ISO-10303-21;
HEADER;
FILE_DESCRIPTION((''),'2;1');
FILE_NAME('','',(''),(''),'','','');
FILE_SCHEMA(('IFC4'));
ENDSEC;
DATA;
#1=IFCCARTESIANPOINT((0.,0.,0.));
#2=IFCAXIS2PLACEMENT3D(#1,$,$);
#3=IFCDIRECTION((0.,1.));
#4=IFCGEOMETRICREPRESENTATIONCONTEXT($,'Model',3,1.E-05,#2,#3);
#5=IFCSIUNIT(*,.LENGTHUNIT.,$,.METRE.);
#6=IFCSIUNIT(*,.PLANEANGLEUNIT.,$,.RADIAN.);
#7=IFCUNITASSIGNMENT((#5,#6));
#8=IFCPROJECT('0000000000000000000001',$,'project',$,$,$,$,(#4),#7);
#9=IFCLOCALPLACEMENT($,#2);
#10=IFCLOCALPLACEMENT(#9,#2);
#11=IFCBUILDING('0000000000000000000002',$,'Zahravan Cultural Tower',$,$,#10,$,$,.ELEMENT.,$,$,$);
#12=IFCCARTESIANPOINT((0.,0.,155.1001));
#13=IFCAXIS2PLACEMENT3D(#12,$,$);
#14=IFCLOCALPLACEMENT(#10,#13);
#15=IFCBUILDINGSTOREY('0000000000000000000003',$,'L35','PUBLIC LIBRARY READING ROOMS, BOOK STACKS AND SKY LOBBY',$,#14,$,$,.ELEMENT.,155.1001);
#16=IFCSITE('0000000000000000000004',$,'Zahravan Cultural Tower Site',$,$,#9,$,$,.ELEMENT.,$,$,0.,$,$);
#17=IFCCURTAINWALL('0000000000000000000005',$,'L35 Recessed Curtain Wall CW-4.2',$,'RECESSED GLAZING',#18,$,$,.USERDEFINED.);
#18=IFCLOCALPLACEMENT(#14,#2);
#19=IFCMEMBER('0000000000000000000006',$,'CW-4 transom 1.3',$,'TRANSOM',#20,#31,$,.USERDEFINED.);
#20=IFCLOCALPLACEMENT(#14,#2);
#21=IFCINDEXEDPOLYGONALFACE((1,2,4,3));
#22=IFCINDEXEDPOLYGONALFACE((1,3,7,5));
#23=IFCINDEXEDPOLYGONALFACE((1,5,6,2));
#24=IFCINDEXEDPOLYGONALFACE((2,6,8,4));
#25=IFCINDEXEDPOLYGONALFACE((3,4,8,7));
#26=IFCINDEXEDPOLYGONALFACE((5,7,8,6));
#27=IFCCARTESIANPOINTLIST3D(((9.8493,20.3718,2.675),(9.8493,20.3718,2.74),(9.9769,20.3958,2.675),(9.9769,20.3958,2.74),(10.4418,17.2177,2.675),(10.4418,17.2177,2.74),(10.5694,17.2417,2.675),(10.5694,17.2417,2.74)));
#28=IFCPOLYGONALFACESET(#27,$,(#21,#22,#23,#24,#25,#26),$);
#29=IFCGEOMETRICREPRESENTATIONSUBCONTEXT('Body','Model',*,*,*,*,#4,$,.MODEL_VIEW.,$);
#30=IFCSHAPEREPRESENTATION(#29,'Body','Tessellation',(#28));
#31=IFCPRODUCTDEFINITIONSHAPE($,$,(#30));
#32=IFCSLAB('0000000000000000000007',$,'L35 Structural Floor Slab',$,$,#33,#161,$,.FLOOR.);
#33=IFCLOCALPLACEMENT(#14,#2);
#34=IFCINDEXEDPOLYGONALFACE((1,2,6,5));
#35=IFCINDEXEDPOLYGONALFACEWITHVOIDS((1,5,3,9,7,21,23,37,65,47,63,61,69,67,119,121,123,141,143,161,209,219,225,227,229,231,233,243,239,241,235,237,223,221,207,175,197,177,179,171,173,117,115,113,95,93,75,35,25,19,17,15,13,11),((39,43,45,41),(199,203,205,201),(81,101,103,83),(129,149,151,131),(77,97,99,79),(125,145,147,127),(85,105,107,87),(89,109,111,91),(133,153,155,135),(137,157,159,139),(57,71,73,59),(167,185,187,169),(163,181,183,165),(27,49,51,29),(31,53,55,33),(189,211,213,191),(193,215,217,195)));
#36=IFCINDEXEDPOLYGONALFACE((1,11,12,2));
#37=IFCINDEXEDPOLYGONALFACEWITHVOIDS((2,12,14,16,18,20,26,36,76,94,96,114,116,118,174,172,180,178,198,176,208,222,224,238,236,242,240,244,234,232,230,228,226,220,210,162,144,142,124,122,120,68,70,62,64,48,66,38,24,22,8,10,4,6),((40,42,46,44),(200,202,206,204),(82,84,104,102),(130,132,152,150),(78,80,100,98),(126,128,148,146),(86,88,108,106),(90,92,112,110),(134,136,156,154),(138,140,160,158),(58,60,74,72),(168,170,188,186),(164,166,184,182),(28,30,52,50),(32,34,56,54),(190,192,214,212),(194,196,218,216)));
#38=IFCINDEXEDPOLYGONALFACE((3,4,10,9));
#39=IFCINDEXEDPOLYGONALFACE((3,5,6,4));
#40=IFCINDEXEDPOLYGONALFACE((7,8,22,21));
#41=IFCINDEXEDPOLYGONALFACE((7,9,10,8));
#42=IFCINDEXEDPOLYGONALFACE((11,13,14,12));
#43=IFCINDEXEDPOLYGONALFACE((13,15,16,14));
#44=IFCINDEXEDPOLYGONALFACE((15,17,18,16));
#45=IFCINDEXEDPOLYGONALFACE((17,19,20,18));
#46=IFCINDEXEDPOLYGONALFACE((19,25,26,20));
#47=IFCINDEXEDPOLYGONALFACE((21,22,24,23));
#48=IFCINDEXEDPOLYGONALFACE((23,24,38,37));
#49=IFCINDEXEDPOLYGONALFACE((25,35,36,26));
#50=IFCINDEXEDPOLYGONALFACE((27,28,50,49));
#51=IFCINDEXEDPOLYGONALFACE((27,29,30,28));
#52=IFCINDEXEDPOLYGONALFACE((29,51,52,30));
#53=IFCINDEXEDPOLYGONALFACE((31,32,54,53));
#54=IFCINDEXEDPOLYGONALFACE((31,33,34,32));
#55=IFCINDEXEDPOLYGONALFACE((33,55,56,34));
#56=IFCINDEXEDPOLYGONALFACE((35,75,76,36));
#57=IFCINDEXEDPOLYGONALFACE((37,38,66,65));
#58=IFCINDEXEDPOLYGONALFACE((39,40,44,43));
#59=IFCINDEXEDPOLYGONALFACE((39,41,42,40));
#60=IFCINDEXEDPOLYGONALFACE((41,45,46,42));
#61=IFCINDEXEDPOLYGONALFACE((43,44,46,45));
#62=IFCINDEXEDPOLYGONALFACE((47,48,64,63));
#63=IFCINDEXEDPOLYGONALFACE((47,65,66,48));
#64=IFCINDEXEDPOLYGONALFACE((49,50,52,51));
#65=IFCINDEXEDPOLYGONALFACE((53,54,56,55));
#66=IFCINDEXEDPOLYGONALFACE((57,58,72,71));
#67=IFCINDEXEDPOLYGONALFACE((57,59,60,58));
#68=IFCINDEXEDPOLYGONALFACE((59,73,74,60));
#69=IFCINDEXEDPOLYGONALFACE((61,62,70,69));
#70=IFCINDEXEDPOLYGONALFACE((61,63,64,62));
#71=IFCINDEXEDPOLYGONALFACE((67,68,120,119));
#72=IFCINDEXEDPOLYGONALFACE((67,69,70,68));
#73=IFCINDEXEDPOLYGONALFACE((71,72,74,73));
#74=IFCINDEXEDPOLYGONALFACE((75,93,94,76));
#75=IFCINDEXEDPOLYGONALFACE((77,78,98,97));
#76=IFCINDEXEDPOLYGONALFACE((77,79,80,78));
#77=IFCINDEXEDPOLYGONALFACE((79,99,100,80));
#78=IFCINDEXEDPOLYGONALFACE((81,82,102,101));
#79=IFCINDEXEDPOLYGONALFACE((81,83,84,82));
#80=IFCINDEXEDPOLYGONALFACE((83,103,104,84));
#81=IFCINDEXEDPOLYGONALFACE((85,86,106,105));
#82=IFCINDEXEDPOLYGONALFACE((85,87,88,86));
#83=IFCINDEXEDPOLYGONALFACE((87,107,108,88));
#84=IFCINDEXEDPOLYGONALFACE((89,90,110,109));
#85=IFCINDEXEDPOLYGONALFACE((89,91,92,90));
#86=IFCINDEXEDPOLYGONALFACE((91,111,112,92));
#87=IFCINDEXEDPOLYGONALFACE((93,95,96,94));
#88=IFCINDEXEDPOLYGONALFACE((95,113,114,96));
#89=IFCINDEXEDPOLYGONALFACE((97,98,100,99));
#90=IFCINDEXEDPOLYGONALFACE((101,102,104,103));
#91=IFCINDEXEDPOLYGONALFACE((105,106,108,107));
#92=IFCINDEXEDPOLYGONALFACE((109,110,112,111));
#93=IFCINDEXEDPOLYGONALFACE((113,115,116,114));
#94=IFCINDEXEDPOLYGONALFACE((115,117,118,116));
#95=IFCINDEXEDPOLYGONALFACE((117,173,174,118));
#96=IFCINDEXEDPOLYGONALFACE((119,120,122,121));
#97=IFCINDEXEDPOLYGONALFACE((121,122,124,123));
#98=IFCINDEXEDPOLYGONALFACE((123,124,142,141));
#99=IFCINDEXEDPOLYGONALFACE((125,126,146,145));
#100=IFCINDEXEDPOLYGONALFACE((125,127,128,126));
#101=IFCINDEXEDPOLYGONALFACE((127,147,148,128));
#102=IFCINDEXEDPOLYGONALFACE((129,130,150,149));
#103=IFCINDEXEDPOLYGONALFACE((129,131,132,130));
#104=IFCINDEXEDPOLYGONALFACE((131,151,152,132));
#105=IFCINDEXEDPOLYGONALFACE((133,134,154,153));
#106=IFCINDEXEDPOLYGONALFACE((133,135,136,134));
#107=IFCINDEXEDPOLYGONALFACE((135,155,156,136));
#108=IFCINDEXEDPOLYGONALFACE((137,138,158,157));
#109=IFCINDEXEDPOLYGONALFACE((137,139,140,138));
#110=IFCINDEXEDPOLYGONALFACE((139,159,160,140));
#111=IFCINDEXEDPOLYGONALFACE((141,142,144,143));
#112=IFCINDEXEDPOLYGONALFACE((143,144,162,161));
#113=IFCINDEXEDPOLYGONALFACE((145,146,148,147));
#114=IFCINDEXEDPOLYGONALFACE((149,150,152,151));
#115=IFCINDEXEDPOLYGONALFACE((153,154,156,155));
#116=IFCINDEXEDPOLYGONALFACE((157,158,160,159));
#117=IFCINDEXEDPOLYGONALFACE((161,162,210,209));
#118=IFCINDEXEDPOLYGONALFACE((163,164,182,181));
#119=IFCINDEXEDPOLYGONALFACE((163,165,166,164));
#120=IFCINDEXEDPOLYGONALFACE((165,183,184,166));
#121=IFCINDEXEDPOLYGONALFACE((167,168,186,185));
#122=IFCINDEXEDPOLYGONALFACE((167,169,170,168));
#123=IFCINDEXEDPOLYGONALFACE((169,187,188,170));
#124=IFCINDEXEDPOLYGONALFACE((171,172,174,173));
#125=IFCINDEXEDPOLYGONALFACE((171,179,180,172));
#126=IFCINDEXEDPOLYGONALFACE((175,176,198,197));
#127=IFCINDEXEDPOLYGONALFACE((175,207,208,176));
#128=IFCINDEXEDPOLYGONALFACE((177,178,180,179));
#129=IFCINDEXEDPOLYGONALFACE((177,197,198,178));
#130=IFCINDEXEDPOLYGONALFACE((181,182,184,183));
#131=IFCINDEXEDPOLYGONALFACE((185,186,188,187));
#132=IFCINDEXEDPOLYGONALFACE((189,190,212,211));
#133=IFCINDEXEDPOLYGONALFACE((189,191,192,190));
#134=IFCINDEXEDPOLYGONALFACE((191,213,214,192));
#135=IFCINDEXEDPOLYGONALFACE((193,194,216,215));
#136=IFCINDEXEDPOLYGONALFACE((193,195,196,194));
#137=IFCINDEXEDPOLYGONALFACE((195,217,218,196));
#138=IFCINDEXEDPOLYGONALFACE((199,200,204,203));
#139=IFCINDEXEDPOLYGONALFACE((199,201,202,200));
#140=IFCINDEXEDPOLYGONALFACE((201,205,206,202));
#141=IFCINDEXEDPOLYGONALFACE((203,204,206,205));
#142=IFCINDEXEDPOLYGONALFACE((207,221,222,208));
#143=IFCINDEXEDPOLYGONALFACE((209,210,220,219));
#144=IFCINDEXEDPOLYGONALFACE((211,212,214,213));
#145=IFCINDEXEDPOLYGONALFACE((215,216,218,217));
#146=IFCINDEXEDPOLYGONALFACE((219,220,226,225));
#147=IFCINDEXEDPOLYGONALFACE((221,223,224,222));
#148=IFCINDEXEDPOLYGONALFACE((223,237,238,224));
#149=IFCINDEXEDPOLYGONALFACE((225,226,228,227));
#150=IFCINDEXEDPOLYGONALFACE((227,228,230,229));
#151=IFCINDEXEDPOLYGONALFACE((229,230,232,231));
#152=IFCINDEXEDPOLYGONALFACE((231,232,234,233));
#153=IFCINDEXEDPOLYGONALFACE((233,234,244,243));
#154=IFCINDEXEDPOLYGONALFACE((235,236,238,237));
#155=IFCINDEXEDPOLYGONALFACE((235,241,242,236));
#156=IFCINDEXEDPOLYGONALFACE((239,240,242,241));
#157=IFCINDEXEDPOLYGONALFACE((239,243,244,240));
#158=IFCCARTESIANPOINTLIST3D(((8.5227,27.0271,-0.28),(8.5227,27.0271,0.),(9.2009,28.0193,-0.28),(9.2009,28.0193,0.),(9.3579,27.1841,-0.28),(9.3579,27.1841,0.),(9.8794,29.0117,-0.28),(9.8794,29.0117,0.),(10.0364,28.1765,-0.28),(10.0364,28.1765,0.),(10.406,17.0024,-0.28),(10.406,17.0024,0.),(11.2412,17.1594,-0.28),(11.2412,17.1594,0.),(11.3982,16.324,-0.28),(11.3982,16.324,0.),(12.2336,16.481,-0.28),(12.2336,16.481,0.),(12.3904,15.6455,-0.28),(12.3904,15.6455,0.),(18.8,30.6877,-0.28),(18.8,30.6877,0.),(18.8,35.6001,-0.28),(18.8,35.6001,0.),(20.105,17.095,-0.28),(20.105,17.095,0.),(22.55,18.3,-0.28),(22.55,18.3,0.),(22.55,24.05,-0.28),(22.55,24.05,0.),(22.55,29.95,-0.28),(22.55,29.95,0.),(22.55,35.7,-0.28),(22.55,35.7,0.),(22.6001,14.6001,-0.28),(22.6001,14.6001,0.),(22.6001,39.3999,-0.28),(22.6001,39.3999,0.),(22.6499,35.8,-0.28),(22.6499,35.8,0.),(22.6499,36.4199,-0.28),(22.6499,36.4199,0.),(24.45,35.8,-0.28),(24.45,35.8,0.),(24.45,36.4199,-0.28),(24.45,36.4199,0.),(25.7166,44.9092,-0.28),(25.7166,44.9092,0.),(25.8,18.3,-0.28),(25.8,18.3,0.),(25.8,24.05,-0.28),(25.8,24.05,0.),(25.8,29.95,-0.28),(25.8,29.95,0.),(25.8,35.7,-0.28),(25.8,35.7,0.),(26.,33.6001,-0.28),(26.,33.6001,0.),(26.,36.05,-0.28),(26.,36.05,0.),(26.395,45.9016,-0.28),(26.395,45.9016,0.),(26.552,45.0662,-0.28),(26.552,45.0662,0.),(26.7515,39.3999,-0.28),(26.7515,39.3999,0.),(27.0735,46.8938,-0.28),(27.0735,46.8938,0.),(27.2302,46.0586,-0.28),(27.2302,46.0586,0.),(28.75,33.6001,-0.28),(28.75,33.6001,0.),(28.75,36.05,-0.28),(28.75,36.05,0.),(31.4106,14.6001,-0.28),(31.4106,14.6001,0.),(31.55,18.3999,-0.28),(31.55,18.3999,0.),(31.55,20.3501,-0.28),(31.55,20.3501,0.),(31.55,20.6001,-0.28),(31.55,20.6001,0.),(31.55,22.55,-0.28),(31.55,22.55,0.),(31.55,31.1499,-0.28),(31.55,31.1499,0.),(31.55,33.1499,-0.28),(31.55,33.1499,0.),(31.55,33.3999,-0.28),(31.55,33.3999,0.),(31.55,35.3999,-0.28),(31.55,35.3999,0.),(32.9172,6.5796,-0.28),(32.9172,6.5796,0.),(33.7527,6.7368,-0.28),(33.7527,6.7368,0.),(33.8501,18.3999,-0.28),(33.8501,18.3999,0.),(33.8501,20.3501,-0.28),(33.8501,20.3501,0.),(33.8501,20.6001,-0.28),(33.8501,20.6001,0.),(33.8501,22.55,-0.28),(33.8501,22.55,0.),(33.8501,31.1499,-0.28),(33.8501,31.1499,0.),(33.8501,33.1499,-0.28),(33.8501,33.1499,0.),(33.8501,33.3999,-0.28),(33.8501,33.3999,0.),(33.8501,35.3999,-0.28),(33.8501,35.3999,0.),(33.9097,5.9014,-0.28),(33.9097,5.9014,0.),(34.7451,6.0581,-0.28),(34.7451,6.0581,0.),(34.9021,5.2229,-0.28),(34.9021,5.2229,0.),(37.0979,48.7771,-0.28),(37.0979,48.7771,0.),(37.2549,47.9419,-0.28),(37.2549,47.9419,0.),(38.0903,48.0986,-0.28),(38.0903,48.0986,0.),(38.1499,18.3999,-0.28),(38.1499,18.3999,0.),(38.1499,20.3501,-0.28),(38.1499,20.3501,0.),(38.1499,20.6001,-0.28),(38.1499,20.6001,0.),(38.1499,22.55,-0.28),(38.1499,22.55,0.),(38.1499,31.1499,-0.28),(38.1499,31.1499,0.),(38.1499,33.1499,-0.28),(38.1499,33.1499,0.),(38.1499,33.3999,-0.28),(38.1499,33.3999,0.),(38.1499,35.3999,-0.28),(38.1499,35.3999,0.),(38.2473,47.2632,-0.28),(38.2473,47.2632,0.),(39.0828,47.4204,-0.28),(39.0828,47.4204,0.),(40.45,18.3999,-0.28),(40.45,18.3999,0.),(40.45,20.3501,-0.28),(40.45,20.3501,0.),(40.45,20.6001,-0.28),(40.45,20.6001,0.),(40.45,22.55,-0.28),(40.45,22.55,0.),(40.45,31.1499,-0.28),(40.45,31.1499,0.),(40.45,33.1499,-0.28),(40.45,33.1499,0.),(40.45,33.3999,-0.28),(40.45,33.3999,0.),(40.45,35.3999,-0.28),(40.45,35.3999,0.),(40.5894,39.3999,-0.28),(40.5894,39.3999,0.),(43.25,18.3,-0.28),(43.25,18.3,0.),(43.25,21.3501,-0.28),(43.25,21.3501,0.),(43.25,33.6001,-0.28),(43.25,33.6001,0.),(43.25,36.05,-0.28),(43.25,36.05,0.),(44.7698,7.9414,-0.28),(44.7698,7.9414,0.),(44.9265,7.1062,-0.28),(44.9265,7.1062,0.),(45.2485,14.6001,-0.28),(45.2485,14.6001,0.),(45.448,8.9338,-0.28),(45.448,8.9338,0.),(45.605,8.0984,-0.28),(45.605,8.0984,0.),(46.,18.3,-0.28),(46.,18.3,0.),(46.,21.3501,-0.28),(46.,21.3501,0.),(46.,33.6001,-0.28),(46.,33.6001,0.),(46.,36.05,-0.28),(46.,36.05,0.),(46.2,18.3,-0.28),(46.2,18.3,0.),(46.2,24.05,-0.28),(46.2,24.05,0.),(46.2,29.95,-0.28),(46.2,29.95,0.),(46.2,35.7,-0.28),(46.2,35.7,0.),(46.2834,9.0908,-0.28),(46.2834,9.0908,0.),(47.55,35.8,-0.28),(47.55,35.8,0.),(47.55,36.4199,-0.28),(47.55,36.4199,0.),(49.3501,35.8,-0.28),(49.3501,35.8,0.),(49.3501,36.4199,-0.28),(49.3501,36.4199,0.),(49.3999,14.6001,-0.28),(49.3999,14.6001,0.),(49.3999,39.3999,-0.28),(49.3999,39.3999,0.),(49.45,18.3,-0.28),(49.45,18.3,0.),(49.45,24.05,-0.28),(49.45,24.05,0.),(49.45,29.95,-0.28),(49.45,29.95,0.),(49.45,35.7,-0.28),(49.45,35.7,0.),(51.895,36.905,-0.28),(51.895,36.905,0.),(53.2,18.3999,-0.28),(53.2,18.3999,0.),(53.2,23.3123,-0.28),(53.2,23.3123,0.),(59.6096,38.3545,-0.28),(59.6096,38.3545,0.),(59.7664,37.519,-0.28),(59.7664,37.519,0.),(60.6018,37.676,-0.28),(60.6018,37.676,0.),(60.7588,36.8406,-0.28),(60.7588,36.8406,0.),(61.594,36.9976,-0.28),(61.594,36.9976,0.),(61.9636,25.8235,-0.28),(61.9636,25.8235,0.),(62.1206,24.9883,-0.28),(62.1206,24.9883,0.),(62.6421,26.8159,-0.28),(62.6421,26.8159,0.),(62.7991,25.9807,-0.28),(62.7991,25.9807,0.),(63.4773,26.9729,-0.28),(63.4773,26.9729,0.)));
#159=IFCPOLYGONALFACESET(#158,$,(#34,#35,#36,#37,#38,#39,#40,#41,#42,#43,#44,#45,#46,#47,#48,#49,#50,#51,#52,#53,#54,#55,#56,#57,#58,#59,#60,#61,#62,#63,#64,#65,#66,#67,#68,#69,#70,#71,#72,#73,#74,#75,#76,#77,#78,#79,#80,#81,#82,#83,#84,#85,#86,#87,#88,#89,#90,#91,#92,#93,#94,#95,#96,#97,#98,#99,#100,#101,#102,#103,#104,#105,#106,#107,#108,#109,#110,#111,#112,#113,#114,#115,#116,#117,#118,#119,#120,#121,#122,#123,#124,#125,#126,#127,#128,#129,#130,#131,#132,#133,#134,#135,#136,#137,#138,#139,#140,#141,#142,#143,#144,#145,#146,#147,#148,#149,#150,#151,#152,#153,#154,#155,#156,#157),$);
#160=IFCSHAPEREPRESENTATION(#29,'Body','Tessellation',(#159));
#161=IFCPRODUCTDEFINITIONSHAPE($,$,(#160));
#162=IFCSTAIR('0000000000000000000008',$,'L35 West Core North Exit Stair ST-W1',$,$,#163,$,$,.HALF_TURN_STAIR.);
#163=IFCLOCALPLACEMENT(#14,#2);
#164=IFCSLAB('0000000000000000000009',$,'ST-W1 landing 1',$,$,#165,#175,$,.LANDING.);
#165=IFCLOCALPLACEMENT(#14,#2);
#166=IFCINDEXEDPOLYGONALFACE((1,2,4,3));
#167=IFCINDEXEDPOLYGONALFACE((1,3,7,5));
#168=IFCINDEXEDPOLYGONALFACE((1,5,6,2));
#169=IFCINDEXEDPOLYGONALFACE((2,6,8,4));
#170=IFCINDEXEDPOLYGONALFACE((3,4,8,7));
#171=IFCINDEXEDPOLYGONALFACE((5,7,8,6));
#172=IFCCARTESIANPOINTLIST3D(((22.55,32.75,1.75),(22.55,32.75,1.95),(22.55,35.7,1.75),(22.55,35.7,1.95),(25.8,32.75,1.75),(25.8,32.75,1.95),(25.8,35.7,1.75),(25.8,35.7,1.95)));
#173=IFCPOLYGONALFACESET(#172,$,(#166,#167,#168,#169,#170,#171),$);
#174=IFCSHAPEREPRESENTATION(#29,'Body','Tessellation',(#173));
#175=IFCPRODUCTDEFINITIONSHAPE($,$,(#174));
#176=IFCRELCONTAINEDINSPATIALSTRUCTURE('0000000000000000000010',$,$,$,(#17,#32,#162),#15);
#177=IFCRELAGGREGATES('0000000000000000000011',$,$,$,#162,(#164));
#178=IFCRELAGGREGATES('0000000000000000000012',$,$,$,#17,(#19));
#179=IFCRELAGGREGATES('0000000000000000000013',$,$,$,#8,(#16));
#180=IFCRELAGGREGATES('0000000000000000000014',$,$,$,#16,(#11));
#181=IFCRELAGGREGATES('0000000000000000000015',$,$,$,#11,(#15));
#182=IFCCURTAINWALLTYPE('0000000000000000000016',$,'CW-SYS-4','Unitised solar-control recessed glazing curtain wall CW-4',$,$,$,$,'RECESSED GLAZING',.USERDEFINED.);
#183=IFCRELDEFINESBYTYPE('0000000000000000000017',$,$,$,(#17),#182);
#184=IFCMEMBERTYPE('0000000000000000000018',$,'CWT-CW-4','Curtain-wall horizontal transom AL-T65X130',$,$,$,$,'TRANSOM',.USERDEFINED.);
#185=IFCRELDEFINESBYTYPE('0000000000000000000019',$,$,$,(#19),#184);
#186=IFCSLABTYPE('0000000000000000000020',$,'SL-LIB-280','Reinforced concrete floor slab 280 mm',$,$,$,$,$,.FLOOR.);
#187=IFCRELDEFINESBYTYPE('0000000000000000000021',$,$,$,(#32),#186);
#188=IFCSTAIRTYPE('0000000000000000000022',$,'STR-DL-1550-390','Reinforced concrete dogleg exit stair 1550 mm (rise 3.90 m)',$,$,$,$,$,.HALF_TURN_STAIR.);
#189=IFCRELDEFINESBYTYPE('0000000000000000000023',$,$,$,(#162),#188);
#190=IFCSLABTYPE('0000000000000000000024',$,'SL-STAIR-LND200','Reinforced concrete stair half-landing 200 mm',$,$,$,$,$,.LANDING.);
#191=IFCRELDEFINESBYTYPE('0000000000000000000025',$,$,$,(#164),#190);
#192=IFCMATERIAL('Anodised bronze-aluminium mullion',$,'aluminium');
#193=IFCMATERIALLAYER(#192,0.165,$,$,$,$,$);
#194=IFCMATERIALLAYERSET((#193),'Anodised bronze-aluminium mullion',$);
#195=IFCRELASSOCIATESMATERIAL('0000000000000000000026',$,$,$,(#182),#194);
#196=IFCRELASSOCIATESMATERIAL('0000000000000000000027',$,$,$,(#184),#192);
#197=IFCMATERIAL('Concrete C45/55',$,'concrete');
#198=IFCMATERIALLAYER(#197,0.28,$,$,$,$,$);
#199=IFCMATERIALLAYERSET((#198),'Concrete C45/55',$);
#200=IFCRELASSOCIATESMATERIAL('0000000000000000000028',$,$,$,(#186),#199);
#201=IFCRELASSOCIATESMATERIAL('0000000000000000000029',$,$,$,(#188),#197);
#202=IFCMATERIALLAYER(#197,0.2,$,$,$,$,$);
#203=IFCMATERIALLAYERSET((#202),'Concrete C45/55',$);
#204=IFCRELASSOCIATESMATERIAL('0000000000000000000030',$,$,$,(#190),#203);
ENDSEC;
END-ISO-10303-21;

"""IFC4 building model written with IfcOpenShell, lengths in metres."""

from ifc_helpers import new_model, si_unit, direction, frame, origin, origin_2d, place, context, subcontext, project, spatial, polyline, rectangle, outline, extrude, source, transform, mapped, material, layer, layer_set, material_profile, profile_set, type_object, element, aggregate, save


model = new_model("IFC4")

# Units and contexts
model_context = context("Model", 3, precision=1e-05, world=origin(), true_north=direction((0.0, 1.0)))
body_context = subcontext(model_context, "Body", "Model", "MODEL_VIEW")
ifc_project = project(units=[si_unit("LENGTHUNIT", "METRE"), si_unit("PLANEANGLEUNIT", "RADIAN")], contexts=[model_context])

# Site, building, storey
site_placement = place(None, origin())
site = spatial("IfcSite", under=ifc_project, at=site_placement, Name="Zahravan Cultural Tower Site", CompositionType="ELEMENT", RefElevation=0.0)
building_placement = place(site_placement, origin())
building = spatial("IfcBuilding", under=site, at=building_placement, Name="Zahravan Cultural Tower", CompositionType="ELEMENT")
storey_placement = place(building_placement, frame((0.0, 0.0, 155.1001)))
storey = spatial("IfcBuildingStorey", under=building, at=storey_placement, Name="L35", Description="PUBLIC LIBRARY READING ROOMS, BOOK STACKS AND SKY LOBBY", CompositionType="ELEMENT", Elevation=155.1001)

# Curtain wall, member
ifc_material_1 = material(Name="Anodised bronze-aluminium mullion", Category="aluminium")
ifc_layer_1 = layer(ifc_material_1, 0.165)
ifc_layer_set_1 = layer_set([ifc_layer_1], Name="Anodised bronze-aluminium mullion")
curtain_wall_type = type_object("IfcCurtainWallType", Name="CW-SYS-4", Description="Unitised solar-control recessed glazing curtain wall CW-4", ElementType="RECESSED GLAZING", PredefinedType="USERDEFINED", material=ifc_layer_set_1)
curtain_wall_placement = place(storey_placement, origin())
curtain_wall = element("IfcCurtainWall", 1, at=curtain_wall_placement, inside=storey, type_object=curtain_wall_type, Name="L35 Recessed Curtain Wall CW-4.2", ObjectType="RECESSED GLAZING", PredefinedType="USERDEFINED")
ifc_material_profile_1 = material_profile(ifc_material_1, rectangle(XDim=0.1299, YDim=0.0649, at=origin_2d()), Name="AL-T65X130")
ifc_profile_set_1 = profile_set([ifc_material_profile_1], Name="Anodised bronze-aluminium mullion")
member_type_1 = type_object("IfcMemberType", Name="CWT-CW-4", Description="Curtain-wall horizontal transom AL-T65X130", ElementType="TRANSOM", PredefinedType="USERDEFINED", material=ifc_profile_set_1)
shared_shape_1 = source(origin(), body_context, "Body", "SweptSolid", [
    extrude(rectangle(XDim=0.1299, YDim=0.0649, at=origin_2d()), origin(), (0.0, 0.0, 1.0), 3.2092),
])
member_1_placement = place(storey_placement, frame((10.5056, 17.2297, 2.7075), z_axis=(-0.184633, 0.982808, 0.0), x_axis=(-0.982808, -0.184633, 0.0)))
member_1 = element("IfcMember", 2, at=member_1_placement, type_object=member_type_1, Name="CW-4 transom 1.3", ObjectType="TRANSOM", PredefinedType="USERDEFINED", context=body_context, shape_type="MappedRepresentation", body=[
    mapped(shared_shape_1, transform((0.0, 0.0, 0.0), x_axis=(1.0, 0.0, 0.0), y_axis=(0.0, 1.0, 0.0), z_axis=(0.0, 0.0, 1.0), scale=1.0)),
])

# Slab
ifc_material_2 = material(Name="Concrete C45/55", Category="concrete")
ifc_layer_2 = layer(ifc_material_2, 0.28)
ifc_layer_set_2 = layer_set([ifc_layer_2], Name="Concrete C45/55")
slab_type_1 = type_object("IfcSlabType", Name="SL-LIB-280", Description="Reinforced concrete floor slab 280 mm", PredefinedType="FLOOR", material=ifc_layer_set_2)
slab_1_placement = place(storey_placement, frame((0.0, 0.0, -0.28)))
element("IfcSlab", 3, at=slab_1_placement, inside=storey, type_object=slab_type_1, Name="L35 Structural Floor Slab", PredefinedType="FLOOR", context=body_context, shape_type="SweptSolid", body=[
    extrude(outline(polyline([(51.895, 36.905), (49.3999, 39.3999), (40.5894, 39.3999), (39.0828, 47.4204), (38.2473, 47.2632), (38.0903, 48.0986), (37.2549, 47.9419), (37.0979, 48.7771), (27.0735, 46.8938), (27.2302, 46.0586), (26.395, 45.9016), (26.552, 45.0662), (25.7166, 44.9092), (26.7515, 39.3999), (22.6001, 39.3999), (18.8, 35.6001), (18.8, 30.6877), (9.8794, 29.0117), (10.0364, 28.1765), (9.2009, 28.0193), (9.3579, 27.1841), (8.5227, 27.0271), (10.406, 17.0024), (11.2412, 17.1594), (11.3982, 16.324), (12.2336, 16.481), (12.3904, 15.6455), (20.105, 17.095), (22.6001, 14.6001), (31.4106, 14.6001), (32.9172, 6.5796), (33.7527, 6.7368), (33.9097, 5.9014), (34.7451, 6.0581), (34.9021, 5.2229), (44.9265, 7.1062), (44.7698, 7.9414), (45.605, 8.0984), (45.448, 8.9338), (46.2834, 9.0908), (45.2485, 14.6001), (49.3999, 14.6001), (53.2, 18.3999), (53.2, 23.3123), (62.1206, 24.9883), (61.9636, 25.8235), (62.7991, 25.9807), (62.6421, 26.8159), (63.4773, 26.9729), (61.594, 36.9976), (60.7588, 36.8406), (60.6018, 37.676), (59.7664, 37.519), (59.6096, 38.3545), (51.895, 36.905)]), holes=[polyline([(22.55, 29.95), (22.55, 35.7), (25.8, 35.7), (25.8, 29.95), (22.55, 29.95)]), polyline([(22.55, 18.3), (22.55, 24.05), (25.8, 24.05), (25.8, 18.3), (22.55, 18.3)]), polyline([(46.2, 29.95), (46.2, 35.7), (49.45, 35.7), (49.45, 29.95), (46.2, 29.95)]), polyline([(46.2, 18.3), (46.2, 24.05), (49.45, 24.05), (49.45, 18.3), (46.2, 18.3)]), polyline([(26.0, 33.6001), (26.0, 36.05), (28.75, 36.05), (28.75, 33.6001), (26.0, 33.6001)]), polyline([(43.25, 33.6001), (43.25, 36.05), (46.0, 36.05), (46.0, 33.6001), (43.25, 33.6001)]), polyline([(43.25, 18.3), (43.25, 21.3501), (46.0, 21.3501), (46.0, 18.3), (43.25, 18.3)]), polyline([(31.55, 33.3999), (31.55, 35.3999), (33.8501, 35.3999), (33.8501, 33.3999), (31.55, 33.3999)]), polyline([(31.55, 31.1499), (31.55, 33.1499), (33.8501, 33.1499), (33.8501, 31.1499), (31.55, 31.1499)]), polyline([(38.1499, 33.3999), (38.1499, 35.3999), (40.45, 35.3999), (40.45, 33.3999), (38.1499, 33.3999)]), polyline([(38.1499, 31.1499), (38.1499, 33.1499), (40.45, 33.1499), (40.45, 31.1499), (38.1499, 31.1499)]), polyline([(31.55, 20.6001), (31.55, 22.55), (33.8501, 22.55), (33.8501, 20.6001), (31.55, 20.6001)]), polyline([(31.55, 18.3999), (31.55, 20.3501), (33.8501, 20.3501), (33.8501, 18.3999), (31.55, 18.3999)]), polyline([(38.1499, 20.6001), (38.1499, 22.55), (40.45, 22.55), (40.45, 20.6001), (38.1499, 20.6001)]), polyline([(38.1499, 18.3999), (38.1499, 20.3501), (40.45, 20.3501), (40.45, 18.3999), (38.1499, 18.3999)]), polyline([(22.6499, 35.8), (22.6499, 36.4199), (24.45, 36.4199), (24.45, 35.8), (22.6499, 35.8)]), polyline([(47.55, 35.8), (47.55, 36.4199), (49.3501, 36.4199), (49.3501, 35.8), (47.55, 35.8)])]), origin(), (0.0, 0.0, 1.0), 0.28),
])

# Stair, slab
stair_type = type_object("IfcStairType", Name="STR-DL-1550-390", Description="Reinforced concrete dogleg exit stair 1550 mm (rise 3.90 m)", PredefinedType="HALF_TURN_STAIR", material=ifc_material_2)
stair_1_placement = place(storey_placement, origin())
stair_1 = element("IfcStair", 4, at=stair_1_placement, inside=storey, type_object=stair_type, Name="L35 West Core North Exit Stair ST-W1", PredefinedType="HALF_TURN_STAIR")
ifc_layer_3 = layer(ifc_material_2, 0.2)
ifc_layer_set_3 = layer_set([ifc_layer_3], Name="Concrete C45/55")
slab_type_2 = type_object("IfcSlabType", Name="SL-STAIR-LND200", Description="Reinforced concrete stair half-landing 200 mm", PredefinedType="LANDING", material=ifc_layer_set_3)
slab_2_placement = place(storey_placement, frame((0.0, 0.0, 1.75)))
slab_2 = element("IfcSlab", 5, at=slab_2_placement, type_object=slab_type_2, Name="ST-W1 landing 1", PredefinedType="LANDING", context=body_context, shape_type="SweptSolid", body=[
    extrude(outline(polyline([(25.8, 32.75), (25.8, 35.7), (22.55, 35.7), (22.55, 32.75), (25.8, 32.75)])), origin(), (0.0, 0.0, 1.0), 0.2),
])
aggregate(stair_1, [slab_2])

aggregate(curtain_wall, [member_1])

save(model, "model.ifc")
